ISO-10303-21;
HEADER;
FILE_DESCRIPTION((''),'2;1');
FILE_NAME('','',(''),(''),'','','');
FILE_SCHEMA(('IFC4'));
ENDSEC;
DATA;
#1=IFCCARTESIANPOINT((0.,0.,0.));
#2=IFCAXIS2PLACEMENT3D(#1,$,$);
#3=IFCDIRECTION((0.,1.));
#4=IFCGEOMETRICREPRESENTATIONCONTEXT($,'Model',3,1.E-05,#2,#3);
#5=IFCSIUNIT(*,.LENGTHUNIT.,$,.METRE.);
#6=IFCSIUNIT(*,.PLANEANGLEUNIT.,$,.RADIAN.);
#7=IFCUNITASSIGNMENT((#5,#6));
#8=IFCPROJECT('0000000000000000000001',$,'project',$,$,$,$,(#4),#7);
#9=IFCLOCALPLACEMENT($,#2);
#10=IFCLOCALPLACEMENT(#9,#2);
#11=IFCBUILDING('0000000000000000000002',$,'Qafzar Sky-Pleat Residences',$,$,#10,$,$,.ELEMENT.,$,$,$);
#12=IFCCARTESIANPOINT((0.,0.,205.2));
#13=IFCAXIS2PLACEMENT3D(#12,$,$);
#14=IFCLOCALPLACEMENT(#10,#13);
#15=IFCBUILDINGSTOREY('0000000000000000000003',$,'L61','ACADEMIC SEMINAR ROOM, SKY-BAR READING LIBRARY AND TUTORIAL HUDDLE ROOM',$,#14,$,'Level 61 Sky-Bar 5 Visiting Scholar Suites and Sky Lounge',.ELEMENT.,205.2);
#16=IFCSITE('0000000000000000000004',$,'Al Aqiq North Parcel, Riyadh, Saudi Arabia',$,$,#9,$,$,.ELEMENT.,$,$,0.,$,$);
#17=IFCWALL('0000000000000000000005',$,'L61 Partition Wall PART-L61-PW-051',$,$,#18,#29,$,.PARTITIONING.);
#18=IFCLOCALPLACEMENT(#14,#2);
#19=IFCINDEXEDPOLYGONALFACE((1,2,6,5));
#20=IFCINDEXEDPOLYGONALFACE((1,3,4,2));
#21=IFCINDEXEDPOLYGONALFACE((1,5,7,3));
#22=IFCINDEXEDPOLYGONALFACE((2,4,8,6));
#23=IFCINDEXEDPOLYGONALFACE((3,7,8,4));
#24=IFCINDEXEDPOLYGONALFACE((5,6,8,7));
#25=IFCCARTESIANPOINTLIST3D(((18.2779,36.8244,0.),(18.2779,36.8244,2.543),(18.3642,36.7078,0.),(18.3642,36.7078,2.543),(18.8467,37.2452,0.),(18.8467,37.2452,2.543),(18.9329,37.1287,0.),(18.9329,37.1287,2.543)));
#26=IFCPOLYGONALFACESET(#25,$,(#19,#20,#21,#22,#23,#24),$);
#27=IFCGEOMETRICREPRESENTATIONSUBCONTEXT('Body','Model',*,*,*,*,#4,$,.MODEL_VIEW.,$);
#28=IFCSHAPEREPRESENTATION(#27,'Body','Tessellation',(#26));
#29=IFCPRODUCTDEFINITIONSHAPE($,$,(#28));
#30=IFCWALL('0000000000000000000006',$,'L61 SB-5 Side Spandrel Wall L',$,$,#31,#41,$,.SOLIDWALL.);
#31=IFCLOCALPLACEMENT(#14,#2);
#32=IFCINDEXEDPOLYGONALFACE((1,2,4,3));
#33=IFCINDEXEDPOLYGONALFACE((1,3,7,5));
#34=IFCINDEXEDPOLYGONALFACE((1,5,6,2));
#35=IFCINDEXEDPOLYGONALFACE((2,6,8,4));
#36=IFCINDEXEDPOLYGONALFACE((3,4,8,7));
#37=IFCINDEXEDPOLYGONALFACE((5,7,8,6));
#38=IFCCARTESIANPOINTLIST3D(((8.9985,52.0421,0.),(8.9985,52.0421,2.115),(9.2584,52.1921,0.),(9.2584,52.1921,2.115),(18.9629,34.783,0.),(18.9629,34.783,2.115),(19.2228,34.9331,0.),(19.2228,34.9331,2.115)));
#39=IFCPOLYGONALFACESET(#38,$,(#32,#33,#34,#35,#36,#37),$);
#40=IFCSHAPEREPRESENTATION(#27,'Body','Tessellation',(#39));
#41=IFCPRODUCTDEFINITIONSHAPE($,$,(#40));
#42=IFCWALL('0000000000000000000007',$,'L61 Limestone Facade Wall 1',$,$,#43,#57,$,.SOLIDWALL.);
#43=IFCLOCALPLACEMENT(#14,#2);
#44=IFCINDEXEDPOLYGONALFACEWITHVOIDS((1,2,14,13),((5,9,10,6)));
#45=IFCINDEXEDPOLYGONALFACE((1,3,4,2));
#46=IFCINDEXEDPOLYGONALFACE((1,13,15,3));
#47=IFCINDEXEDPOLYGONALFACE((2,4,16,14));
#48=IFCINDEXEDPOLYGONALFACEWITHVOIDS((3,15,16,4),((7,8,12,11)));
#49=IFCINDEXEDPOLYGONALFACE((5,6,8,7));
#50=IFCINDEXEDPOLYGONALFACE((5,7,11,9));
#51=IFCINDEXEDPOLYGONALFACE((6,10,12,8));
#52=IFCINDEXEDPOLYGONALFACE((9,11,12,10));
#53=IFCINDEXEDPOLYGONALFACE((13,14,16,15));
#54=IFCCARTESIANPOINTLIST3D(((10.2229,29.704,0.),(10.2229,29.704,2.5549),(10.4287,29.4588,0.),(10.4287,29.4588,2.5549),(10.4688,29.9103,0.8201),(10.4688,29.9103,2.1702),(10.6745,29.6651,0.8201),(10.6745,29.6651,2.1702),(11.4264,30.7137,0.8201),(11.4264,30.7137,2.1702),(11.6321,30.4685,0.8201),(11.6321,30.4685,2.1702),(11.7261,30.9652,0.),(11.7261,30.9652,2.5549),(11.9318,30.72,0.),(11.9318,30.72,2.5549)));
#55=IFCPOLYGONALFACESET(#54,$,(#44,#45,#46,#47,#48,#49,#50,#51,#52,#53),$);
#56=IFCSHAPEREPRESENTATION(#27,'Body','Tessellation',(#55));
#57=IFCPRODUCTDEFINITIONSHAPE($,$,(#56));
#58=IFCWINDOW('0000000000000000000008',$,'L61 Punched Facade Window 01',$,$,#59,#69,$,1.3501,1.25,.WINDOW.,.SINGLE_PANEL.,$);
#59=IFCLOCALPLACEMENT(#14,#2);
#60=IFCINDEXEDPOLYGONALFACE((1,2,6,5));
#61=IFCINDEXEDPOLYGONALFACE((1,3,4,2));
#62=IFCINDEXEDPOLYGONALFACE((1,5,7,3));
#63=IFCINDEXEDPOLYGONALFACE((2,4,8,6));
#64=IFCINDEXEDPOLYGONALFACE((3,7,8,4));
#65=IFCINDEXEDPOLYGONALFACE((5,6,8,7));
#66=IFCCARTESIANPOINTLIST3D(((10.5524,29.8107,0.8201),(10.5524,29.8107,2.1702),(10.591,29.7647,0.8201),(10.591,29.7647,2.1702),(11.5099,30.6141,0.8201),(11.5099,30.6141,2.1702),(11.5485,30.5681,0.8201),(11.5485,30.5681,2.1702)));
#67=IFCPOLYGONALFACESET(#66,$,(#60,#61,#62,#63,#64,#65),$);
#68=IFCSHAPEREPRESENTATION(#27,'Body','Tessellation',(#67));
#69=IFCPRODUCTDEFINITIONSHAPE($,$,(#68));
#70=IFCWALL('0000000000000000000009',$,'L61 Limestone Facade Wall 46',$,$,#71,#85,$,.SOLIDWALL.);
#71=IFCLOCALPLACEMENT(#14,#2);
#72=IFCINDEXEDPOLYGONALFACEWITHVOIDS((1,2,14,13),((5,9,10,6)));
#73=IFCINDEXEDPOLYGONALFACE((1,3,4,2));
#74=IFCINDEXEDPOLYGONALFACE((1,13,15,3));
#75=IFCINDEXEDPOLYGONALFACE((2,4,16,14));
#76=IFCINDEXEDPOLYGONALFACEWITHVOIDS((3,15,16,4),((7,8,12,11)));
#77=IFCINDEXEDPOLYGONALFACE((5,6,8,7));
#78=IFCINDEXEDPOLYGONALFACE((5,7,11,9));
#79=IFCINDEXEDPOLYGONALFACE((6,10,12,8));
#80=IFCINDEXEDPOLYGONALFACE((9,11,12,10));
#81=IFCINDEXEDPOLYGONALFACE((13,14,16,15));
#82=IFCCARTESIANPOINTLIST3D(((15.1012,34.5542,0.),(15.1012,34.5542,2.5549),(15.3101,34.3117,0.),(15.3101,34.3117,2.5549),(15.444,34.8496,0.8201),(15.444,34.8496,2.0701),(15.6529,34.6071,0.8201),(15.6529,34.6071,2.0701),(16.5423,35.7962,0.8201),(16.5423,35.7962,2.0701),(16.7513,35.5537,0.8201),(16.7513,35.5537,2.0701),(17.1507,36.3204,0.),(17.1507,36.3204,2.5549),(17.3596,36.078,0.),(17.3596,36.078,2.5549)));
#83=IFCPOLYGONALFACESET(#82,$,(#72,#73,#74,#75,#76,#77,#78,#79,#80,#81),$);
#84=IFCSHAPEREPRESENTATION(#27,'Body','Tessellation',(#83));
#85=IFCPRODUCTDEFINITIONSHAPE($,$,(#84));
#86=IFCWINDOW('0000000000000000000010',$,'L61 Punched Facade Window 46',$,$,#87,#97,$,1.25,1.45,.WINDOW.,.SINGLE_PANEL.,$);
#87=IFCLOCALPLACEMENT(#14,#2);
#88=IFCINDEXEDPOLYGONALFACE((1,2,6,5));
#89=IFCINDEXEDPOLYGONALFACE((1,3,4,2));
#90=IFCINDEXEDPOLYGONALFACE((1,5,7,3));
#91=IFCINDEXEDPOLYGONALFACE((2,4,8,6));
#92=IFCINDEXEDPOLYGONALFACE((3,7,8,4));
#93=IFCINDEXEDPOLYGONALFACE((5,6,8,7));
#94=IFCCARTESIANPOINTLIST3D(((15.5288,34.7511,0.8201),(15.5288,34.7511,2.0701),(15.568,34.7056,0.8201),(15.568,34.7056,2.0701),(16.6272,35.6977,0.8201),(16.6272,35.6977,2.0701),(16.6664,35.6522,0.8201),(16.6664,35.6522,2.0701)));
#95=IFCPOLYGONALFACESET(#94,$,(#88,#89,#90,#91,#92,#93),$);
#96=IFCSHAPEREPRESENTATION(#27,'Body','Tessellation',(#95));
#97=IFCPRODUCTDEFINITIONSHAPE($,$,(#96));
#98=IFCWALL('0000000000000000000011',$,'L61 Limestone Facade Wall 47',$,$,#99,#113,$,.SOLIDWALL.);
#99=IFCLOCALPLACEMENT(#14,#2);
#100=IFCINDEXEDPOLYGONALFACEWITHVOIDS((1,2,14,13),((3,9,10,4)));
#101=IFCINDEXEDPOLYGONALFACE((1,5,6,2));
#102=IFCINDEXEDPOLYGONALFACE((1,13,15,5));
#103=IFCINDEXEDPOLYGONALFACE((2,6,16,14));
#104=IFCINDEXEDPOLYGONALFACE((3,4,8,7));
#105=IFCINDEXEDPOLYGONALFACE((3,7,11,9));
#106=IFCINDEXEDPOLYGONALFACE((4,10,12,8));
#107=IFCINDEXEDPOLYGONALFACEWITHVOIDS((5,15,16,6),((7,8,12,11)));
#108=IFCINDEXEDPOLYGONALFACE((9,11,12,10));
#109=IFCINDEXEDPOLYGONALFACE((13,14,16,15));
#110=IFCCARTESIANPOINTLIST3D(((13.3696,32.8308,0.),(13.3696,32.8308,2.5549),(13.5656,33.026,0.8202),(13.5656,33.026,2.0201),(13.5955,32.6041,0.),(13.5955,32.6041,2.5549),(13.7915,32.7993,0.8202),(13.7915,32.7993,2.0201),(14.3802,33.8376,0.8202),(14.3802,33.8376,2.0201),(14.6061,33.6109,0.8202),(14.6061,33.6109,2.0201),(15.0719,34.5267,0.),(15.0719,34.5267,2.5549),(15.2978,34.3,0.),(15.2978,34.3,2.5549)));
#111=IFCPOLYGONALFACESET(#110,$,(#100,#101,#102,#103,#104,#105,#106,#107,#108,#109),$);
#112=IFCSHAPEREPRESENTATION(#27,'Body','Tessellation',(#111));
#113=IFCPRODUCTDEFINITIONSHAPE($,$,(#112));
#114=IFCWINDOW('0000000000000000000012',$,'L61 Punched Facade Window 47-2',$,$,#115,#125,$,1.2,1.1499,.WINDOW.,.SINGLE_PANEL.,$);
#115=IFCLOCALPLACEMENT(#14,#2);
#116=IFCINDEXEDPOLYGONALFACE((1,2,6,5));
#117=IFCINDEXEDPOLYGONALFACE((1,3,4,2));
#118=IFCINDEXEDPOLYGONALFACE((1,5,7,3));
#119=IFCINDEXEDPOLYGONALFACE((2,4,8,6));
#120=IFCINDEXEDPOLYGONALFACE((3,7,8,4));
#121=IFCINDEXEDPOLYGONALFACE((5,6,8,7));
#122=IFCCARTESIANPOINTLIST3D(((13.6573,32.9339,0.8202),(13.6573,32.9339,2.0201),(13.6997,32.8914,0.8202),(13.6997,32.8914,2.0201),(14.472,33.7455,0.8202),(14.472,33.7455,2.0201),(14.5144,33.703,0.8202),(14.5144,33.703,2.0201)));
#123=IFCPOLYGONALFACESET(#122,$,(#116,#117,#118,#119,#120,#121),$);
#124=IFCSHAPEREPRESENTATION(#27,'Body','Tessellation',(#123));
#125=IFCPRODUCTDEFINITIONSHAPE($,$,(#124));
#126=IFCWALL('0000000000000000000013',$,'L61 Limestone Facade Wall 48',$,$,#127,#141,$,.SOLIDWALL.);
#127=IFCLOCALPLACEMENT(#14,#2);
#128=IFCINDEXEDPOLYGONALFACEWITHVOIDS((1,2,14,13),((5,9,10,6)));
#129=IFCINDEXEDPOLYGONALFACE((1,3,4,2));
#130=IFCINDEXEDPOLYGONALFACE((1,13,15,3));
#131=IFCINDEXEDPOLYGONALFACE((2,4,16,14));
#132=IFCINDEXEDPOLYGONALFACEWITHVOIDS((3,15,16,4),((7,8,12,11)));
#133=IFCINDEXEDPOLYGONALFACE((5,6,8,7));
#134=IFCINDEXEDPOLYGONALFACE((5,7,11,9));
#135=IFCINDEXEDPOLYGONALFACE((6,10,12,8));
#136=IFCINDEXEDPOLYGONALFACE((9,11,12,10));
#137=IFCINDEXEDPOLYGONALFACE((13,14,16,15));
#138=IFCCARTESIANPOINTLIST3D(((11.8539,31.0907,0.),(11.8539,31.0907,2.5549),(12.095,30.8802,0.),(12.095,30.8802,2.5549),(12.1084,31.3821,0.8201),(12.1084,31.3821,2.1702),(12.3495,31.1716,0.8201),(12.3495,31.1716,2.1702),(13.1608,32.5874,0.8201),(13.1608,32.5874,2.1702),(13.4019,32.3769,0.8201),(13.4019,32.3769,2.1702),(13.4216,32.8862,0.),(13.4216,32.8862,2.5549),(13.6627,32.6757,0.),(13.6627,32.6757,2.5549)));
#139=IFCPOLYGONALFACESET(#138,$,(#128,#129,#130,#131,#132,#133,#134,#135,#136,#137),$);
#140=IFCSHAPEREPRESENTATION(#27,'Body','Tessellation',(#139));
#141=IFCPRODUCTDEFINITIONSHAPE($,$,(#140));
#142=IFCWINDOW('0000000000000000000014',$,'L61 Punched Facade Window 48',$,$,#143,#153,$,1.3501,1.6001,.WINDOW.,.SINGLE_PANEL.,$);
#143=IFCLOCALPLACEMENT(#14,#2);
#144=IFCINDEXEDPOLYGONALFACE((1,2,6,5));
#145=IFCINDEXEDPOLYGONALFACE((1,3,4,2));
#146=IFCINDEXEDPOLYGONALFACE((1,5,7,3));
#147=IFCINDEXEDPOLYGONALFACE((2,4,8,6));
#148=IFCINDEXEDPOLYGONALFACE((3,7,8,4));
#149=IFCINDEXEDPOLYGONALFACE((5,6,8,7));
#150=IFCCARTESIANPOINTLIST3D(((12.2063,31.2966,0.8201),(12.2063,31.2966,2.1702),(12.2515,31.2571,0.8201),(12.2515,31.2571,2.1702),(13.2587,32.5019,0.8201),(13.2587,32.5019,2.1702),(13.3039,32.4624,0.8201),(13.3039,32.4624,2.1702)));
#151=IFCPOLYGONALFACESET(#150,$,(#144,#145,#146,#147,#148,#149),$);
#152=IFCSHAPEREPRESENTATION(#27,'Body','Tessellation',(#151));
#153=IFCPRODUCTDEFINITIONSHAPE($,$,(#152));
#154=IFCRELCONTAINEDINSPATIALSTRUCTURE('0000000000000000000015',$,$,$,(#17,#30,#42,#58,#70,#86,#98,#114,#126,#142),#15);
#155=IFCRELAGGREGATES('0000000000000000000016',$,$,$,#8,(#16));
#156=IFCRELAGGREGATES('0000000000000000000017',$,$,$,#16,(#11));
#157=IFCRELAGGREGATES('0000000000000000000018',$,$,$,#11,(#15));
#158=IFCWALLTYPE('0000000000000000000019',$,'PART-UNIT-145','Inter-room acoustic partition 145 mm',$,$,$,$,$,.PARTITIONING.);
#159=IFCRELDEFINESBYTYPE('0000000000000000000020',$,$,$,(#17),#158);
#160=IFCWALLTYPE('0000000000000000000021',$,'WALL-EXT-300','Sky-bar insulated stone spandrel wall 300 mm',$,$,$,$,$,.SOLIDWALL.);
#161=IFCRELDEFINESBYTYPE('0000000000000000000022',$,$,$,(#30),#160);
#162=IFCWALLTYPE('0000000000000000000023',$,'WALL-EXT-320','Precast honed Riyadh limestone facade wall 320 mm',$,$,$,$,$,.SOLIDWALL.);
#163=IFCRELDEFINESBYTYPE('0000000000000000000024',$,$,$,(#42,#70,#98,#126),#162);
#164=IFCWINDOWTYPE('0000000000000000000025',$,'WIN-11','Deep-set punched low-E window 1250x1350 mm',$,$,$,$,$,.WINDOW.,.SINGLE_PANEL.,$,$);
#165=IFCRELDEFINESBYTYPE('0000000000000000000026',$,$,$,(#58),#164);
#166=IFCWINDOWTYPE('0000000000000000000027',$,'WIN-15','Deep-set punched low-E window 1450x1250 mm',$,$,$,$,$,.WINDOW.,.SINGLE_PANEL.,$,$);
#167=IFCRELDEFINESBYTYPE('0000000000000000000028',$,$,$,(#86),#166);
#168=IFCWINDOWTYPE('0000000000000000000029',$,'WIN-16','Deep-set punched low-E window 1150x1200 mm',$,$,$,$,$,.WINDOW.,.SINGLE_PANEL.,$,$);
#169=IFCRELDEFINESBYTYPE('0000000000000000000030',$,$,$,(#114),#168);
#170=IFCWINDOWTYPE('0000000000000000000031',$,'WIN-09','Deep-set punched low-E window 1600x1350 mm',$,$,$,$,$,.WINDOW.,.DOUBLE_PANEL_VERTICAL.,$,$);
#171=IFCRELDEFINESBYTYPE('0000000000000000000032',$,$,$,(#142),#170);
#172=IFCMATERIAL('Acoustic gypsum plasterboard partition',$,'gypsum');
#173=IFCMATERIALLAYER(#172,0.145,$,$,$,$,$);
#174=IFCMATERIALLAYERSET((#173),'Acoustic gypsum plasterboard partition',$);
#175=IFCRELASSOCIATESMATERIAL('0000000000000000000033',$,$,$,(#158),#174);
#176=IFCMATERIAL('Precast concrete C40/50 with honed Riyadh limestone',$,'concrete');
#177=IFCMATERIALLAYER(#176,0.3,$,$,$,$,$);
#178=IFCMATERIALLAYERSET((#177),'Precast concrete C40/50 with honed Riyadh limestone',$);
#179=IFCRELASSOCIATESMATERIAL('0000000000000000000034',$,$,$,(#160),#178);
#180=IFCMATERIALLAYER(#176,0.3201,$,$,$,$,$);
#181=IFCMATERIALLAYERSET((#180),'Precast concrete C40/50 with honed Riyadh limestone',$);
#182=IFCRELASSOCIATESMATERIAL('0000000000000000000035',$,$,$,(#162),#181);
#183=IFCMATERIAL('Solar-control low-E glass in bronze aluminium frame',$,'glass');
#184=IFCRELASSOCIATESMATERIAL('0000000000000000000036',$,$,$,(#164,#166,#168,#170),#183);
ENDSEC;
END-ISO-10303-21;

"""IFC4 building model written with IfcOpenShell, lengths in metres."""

from ifc_helpers import new_model, si_unit, direction, frame, frame_2d, origin, place, context, subcontext, project, spatial, rectangle, extrude, source, transform, mapped, material, layer, layer_set, type_object, element, fill, save


model = new_model("IFC4")

# Units and contexts
model_context = context("Model", 3, precision=1e-05, world=origin(), true_north=direction((0.0, 1.0)))
body_context = subcontext(model_context, "Body", "Model", "MODEL_VIEW")
ifc_project = project(units=[si_unit("LENGTHUNIT", "METRE"), si_unit("PLANEANGLEUNIT", "RADIAN")], contexts=[model_context])

# Site, building, storey
site_placement = place(None, origin())
site = spatial("IfcSite", under=ifc_project, at=site_placement, Name="Al Aqiq North Parcel, Riyadh, Saudi Arabia", CompositionType="ELEMENT", RefElevation=0.0)
building_placement = place(site_placement, origin())
building = spatial("IfcBuilding", under=site, at=building_placement, Name="Qafzar Sky-Pleat Residences", CompositionType="ELEMENT")
storey_placement = place(building_placement, frame((0.0, 0.0, 205.2)))
storey = spatial("IfcBuildingStorey", under=building, at=storey_placement, Name="L61", Description="ACADEMIC SEMINAR ROOM, SKY-BAR READING LIBRARY AND TUTORIAL HUDDLE ROOM", LongName="Level 61 Sky-Bar 5 Visiting Scholar Suites and Sky Lounge", CompositionType="ELEMENT", Elevation=205.2)

# Walls
ifc_material_1 = material(Name="Acoustic gypsum plasterboard partition", Category="gypsum")
ifc_layer_1 = layer(ifc_material_1, 0.145)
ifc_layer_set_1 = layer_set([ifc_layer_1], Name="Acoustic gypsum plasterboard partition")
wall_type_1 = type_object("IfcWallType", Name="PART-UNIT-145", Description="Inter-room acoustic partition 145 mm", PredefinedType="PARTITIONING", material=ifc_layer_set_1)
wall_1_placement = place(storey_placement, frame((18.321, 36.7661, 0.0), z_axis=(0.0, 0.0, 1.0), x_axis=(0.803875, 0.594798, 0.0)))
element("IfcWall", 1, at=wall_1_placement, inside=storey, type_object=wall_type_1, Name="L61 Partition Wall PART-L61-PW-051", PredefinedType="PARTITIONING", context=body_context, shape_type="SweptSolid", body=[
    extrude(rectangle(XDim=0.7075, YDim=0.145, at=frame_2d((0.3538, 0.0))), origin(), (0.0, 0.0, 1.0), 2.543),
])
ifc_material_2 = material(Name="Precast concrete C40/50 with honed Riyadh limestone", Category="concrete")
ifc_layer_2 = layer(ifc_material_2, 0.3)
ifc_layer_set_2 = layer_set([ifc_layer_2], Name="Precast concrete C40/50 with honed Riyadh limestone")
wall_type_2 = type_object("IfcWallType", Name="WALL-EXT-300", Description="Sky-bar insulated stone spandrel wall 300 mm", PredefinedType="SOLIDWALL", material=ifc_layer_set_2)
wall_2_placement = place(storey_placement, frame((19.0928, 34.8582, 0.0), z_axis=(0.0, 0.0, 1.0), x_axis=(-0.499994, 0.866029, 0.0)))
element("IfcWall", 2, at=wall_2_placement, inside=storey, type_object=wall_type_2, Name="L61 SB-5 Side Spandrel Wall L", PredefinedType="SOLIDWALL", context=body_context, shape_type="SweptSolid", body=[
    extrude(rectangle(XDim=19.929, YDim=0.3, at=frame_2d((9.9644, 0.0))), origin(), (0.0, 0.0, 1.0), 2.115),
])

# Walls, openings, windows
ifc_layer_3 = layer(ifc_material_2, 0.3201)
ifc_layer_set_3 = layer_set([ifc_layer_3], Name="Precast concrete C40/50 with honed Riyadh limestone")
wall_type_3 = type_object("IfcWallType", Name="WALL-EXT-320", Description="Precast honed Riyadh limestone facade wall 320 mm", PredefinedType="SOLIDWALL", material=ifc_layer_set_3)
wall_3_placement = place(storey_placement, frame((11.8289, 30.8425, 0.0), z_axis=(0.0, 0.0, 1.0), x_axis=(-0.766065, -0.642763, 0.0)))
wall_3 = element("IfcWall", 3, at=wall_3_placement, inside=storey, type_object=wall_type_3, Name="L61 Limestone Facade Wall 1", PredefinedType="SOLIDWALL", context=body_context, shape_type="SweptSolid", body=[
    extrude(rectangle(XDim=1.9622, YDim=0.3201, at=frame_2d((0.981, 0.0))), origin(), (0.0, 0.0, 1.0), 2.5549),
])
opening_1_placement = place(wall_3_placement, frame((0.3911, 0.0, 0.8201)))
opening_1 = element("IfcOpeningElement", 4, at=opening_1_placement, cuts=wall_3, PredefinedType="OPENING", context=body_context, shape_type="SweptSolid", body=[
    extrude(rectangle(XDim=1.25, YDim=1.3501, at=frame_2d((0.625, 0.675))), frame((0.0, 0.1699, 0.0), z_axis=(0.0, -1.0, 0.0), x_axis=(1.0, 0.0, 0.0)), (0.0, 0.0, 1.0), 0.3401),
])
ifc_material_3 = material(Name="Solar-control low-E glass in bronze aluminium frame", Category="glass")
window_type_1 = type_object("IfcWindowType", Name="WIN-11", Description="Deep-set punched low-E window 1250x1350 mm", PartitioningType="SINGLE_PANEL", PredefinedType="WINDOW", material=ifc_material_3)
shared_shape_1 = source(origin(), body_context, "Body", "SweptSolid", [
    extrude(rectangle(XDim=1.25, YDim=1.3501, at=frame_2d((0.625, 0.675))), frame((0.0, 0.03, 0.0), z_axis=(0.0, -1.0, 0.0), x_axis=(1.0, 0.0, 0.0)), (0.0, 0.0, 1.0), 0.0601),
])
window_1_placement = place(opening_1_placement, origin())
window_1 = element("IfcWindow", 5, at=window_1_placement, inside=storey, type_object=window_type_1, Name="L61 Punched Facade Window 01", OverallHeight=1.3501, OverallWidth=1.25, PartitioningType="SINGLE_PANEL", PredefinedType="WINDOW", context=body_context, shape_type="MappedRepresentation", body=[
    mapped(shared_shape_1, transform((0.0, 0.0, 0.0), x_axis=(1.0, 0.0, 0.0), y_axis=(0.0, 1.0, 0.0), z_axis=(0.0, 0.0, 1.0), scale=1.0)),
])
fill(opening_1, window_1)
wall_4_placement = place(storey_placement, frame((17.2551, 36.1992, 0.0), z_axis=(0.0, 0.0, 1.0), x_axis=(-0.757502, -0.652833, 0.0)))
wall_4 = element("IfcWall", 6, at=wall_4_placement, inside=storey, type_object=wall_type_3, Name="L61 Limestone Facade Wall 46", PredefinedType="SOLIDWALL", context=body_context, shape_type="SweptSolid", body=[
    extrude(rectangle(XDim=2.7056, YDim=0.3201, at=frame_2d((1.3528, 0.0))), origin(), (0.0, 0.0, 1.0), 2.5549),
])
opening_2_placement = place(wall_4_placement, frame((0.803, 0.0, 0.8201)))
opening_2 = element("IfcOpeningElement", 7, at=opening_2_placement, cuts=wall_4, PredefinedType="OPENING", context=body_context, shape_type="SweptSolid", body=[
    extrude(rectangle(XDim=1.45, YDim=1.25, at=frame_2d((0.7251, 0.625))), frame((0.0, 0.1699, 0.0), z_axis=(0.0, -1.0, 0.0), x_axis=(1.0, 0.0, 0.0)), (0.0, 0.0, 1.0), 0.3401),
])
window_type_2 = type_object("IfcWindowType", Name="WIN-15", Description="Deep-set punched low-E window 1450x1250 mm", PartitioningType="SINGLE_PANEL", PredefinedType="WINDOW", material=ifc_material_3)
shared_shape_2 = source(origin(), body_context, "Body", "SweptSolid", [
    extrude(rectangle(XDim=1.45, YDim=1.25, at=frame_2d((0.7251, 0.625))), frame((0.0, 0.03, 0.0), z_axis=(0.0, -1.0, 0.0), x_axis=(1.0, 0.0, 0.0)), (0.0, 0.0, 1.0), 0.0601),
])
window_2_placement = place(opening_2_placement, origin())
window_2 = element("IfcWindow", 8, at=window_2_placement, inside=storey, type_object=window_type_2, Name="L61 Punched Facade Window 46", OverallHeight=1.25, OverallWidth=1.45, PartitioningType="SINGLE_PANEL", PredefinedType="WINDOW", context=body_context, shape_type="MappedRepresentation", body=[
    mapped(shared_shape_2, transform((0.0, 0.0, 0.0), x_axis=(1.0, 0.0, 0.0), y_axis=(0.0, 1.0, 0.0), z_axis=(0.0, 0.0, 1.0), scale=1.0)),
])
fill(opening_2, window_2)
wall_5_placement = place(storey_placement, frame((15.1848, 34.4133, 0.0), z_axis=(0.0, 0.0, 1.0), x_axis=(-0.708426, -0.705785, 0.0)))
wall_5 = element("IfcWall", 9, at=wall_5_placement, inside=storey, type_object=wall_type_3, Name="L61 Limestone Facade Wall 47", PredefinedType="SOLIDWALL", context=body_context, shape_type="SweptSolid", body=[
    extrude(rectangle(XDim=2.4028, YDim=0.3201, at=frame_2d((1.2014, 0.0))), origin(), (0.0, 0.0, 1.0), 2.5549),
])
opening_3_placement = place(wall_5_placement, frame((0.9763, 0.0, 0.8201)))
opening_3 = element("IfcOpeningElement", 10, at=opening_3_placement, cuts=wall_5, PredefinedType="OPENING", context=body_context, shape_type="SweptSolid", body=[
    extrude(rectangle(XDim=1.1499, YDim=1.2, at=frame_2d((0.575, 0.6001))), frame((0.0, 0.1699, 0.0), z_axis=(0.0, -1.0, 0.0), x_axis=(1.0, 0.0, 0.0)), (0.0, 0.0, 1.0), 0.3401),
])
window_type_3 = type_object("IfcWindowType", Name="WIN-16", Description="Deep-set punched low-E window 1150x1200 mm", PartitioningType="SINGLE_PANEL", PredefinedType="WINDOW", material=ifc_material_3)
shared_shape_3 = source(origin(), body_context, "Body", "SweptSolid", [
    extrude(rectangle(XDim=1.1499, YDim=1.2, at=frame_2d((0.575, 0.6001))), frame((0.0, 0.03, 0.0), z_axis=(0.0, -1.0, 0.0), x_axis=(1.0, 0.0, 0.0)), (0.0, 0.0, 1.0), 0.0601),
])
window_3_placement = place(opening_3_placement, origin())
window_3 = element("IfcWindow", 11, at=window_3_placement, inside=storey, type_object=window_type_3, Name="L61 Punched Facade Window 47-2", OverallHeight=1.2, OverallWidth=1.1499, PartitioningType="SINGLE_PANEL", PredefinedType="WINDOW", context=body_context, shape_type="MappedRepresentation", body=[
    mapped(shared_shape_3, transform((0.0, 0.0, 0.0), x_axis=(1.0, 0.0, 0.0), y_axis=(0.0, 1.0, 0.0), z_axis=(0.0, 0.0, 1.0), scale=1.0)),
])
fill(opening_3, window_3)
wall_6_placement = place(storey_placement, frame((13.5422, 32.781, 0.0), z_axis=(0.0, 0.0, 1.0), x_axis=(-0.657707, -0.753274, 0.0)))
wall_6 = element("IfcWall", 12, at=wall_6_placement, inside=storey, type_object=wall_type_3, Name="L61 Limestone Facade Wall 48", PredefinedType="SOLIDWALL", context=body_context, shape_type="SweptSolid", body=[
    extrude(rectangle(XDim=2.3835, YDim=0.3201, at=frame_2d((1.1919, 0.0))), origin(), (0.0, 0.0, 1.0), 2.5549),
])
opening_4_placement = place(wall_6_placement, frame((0.3967, 0.0, 0.8201)))
opening_4 = element("IfcOpeningElement", 13, at=opening_4_placement, cuts=wall_6, PredefinedType="OPENING", context=body_context, shape_type="SweptSolid", body=[
    extrude(rectangle(XDim=1.6001, YDim=1.3501, at=frame_2d((0.8, 0.675))), frame((0.0, 0.1699, 0.0), z_axis=(0.0, -1.0, 0.0), x_axis=(1.0, 0.0, 0.0)), (0.0, 0.0, 1.0), 0.3401),
])
window_type_4 = type_object("IfcWindowType", Name="WIN-09", Description="Deep-set punched low-E window 1600x1350 mm", PartitioningType="DOUBLE_PANEL_VERTICAL", PredefinedType="WINDOW", material=ifc_material_3)
shared_shape_4 = source(origin(), body_context, "Body", "SweptSolid", [
    extrude(rectangle(XDim=1.6001, YDim=1.3501, at=frame_2d((0.8, 0.675))), frame((0.0, 0.03, 0.0), z_axis=(0.0, -1.0, 0.0), x_axis=(1.0, 0.0, 0.0)), (0.0, 0.0, 1.0), 0.0601),
])
window_4_placement = place(opening_4_placement, origin())
window_4 = element("IfcWindow", 14, at=window_4_placement, inside=storey, type_object=window_type_4, Name="L61 Punched Facade Window 48", OverallHeight=1.3501, OverallWidth=1.6001, PartitioningType="SINGLE_PANEL", PredefinedType="WINDOW", context=body_context, shape_type="MappedRepresentation", body=[
    mapped(shared_shape_4, transform((0.0, 0.0, 0.0), x_axis=(1.0, 0.0, 0.0), y_axis=(0.0, 1.0, 0.0), z_axis=(0.0, 0.0, 1.0), scale=1.0)),
])
fill(opening_4, window_4)

save(model, "model.ifc")
